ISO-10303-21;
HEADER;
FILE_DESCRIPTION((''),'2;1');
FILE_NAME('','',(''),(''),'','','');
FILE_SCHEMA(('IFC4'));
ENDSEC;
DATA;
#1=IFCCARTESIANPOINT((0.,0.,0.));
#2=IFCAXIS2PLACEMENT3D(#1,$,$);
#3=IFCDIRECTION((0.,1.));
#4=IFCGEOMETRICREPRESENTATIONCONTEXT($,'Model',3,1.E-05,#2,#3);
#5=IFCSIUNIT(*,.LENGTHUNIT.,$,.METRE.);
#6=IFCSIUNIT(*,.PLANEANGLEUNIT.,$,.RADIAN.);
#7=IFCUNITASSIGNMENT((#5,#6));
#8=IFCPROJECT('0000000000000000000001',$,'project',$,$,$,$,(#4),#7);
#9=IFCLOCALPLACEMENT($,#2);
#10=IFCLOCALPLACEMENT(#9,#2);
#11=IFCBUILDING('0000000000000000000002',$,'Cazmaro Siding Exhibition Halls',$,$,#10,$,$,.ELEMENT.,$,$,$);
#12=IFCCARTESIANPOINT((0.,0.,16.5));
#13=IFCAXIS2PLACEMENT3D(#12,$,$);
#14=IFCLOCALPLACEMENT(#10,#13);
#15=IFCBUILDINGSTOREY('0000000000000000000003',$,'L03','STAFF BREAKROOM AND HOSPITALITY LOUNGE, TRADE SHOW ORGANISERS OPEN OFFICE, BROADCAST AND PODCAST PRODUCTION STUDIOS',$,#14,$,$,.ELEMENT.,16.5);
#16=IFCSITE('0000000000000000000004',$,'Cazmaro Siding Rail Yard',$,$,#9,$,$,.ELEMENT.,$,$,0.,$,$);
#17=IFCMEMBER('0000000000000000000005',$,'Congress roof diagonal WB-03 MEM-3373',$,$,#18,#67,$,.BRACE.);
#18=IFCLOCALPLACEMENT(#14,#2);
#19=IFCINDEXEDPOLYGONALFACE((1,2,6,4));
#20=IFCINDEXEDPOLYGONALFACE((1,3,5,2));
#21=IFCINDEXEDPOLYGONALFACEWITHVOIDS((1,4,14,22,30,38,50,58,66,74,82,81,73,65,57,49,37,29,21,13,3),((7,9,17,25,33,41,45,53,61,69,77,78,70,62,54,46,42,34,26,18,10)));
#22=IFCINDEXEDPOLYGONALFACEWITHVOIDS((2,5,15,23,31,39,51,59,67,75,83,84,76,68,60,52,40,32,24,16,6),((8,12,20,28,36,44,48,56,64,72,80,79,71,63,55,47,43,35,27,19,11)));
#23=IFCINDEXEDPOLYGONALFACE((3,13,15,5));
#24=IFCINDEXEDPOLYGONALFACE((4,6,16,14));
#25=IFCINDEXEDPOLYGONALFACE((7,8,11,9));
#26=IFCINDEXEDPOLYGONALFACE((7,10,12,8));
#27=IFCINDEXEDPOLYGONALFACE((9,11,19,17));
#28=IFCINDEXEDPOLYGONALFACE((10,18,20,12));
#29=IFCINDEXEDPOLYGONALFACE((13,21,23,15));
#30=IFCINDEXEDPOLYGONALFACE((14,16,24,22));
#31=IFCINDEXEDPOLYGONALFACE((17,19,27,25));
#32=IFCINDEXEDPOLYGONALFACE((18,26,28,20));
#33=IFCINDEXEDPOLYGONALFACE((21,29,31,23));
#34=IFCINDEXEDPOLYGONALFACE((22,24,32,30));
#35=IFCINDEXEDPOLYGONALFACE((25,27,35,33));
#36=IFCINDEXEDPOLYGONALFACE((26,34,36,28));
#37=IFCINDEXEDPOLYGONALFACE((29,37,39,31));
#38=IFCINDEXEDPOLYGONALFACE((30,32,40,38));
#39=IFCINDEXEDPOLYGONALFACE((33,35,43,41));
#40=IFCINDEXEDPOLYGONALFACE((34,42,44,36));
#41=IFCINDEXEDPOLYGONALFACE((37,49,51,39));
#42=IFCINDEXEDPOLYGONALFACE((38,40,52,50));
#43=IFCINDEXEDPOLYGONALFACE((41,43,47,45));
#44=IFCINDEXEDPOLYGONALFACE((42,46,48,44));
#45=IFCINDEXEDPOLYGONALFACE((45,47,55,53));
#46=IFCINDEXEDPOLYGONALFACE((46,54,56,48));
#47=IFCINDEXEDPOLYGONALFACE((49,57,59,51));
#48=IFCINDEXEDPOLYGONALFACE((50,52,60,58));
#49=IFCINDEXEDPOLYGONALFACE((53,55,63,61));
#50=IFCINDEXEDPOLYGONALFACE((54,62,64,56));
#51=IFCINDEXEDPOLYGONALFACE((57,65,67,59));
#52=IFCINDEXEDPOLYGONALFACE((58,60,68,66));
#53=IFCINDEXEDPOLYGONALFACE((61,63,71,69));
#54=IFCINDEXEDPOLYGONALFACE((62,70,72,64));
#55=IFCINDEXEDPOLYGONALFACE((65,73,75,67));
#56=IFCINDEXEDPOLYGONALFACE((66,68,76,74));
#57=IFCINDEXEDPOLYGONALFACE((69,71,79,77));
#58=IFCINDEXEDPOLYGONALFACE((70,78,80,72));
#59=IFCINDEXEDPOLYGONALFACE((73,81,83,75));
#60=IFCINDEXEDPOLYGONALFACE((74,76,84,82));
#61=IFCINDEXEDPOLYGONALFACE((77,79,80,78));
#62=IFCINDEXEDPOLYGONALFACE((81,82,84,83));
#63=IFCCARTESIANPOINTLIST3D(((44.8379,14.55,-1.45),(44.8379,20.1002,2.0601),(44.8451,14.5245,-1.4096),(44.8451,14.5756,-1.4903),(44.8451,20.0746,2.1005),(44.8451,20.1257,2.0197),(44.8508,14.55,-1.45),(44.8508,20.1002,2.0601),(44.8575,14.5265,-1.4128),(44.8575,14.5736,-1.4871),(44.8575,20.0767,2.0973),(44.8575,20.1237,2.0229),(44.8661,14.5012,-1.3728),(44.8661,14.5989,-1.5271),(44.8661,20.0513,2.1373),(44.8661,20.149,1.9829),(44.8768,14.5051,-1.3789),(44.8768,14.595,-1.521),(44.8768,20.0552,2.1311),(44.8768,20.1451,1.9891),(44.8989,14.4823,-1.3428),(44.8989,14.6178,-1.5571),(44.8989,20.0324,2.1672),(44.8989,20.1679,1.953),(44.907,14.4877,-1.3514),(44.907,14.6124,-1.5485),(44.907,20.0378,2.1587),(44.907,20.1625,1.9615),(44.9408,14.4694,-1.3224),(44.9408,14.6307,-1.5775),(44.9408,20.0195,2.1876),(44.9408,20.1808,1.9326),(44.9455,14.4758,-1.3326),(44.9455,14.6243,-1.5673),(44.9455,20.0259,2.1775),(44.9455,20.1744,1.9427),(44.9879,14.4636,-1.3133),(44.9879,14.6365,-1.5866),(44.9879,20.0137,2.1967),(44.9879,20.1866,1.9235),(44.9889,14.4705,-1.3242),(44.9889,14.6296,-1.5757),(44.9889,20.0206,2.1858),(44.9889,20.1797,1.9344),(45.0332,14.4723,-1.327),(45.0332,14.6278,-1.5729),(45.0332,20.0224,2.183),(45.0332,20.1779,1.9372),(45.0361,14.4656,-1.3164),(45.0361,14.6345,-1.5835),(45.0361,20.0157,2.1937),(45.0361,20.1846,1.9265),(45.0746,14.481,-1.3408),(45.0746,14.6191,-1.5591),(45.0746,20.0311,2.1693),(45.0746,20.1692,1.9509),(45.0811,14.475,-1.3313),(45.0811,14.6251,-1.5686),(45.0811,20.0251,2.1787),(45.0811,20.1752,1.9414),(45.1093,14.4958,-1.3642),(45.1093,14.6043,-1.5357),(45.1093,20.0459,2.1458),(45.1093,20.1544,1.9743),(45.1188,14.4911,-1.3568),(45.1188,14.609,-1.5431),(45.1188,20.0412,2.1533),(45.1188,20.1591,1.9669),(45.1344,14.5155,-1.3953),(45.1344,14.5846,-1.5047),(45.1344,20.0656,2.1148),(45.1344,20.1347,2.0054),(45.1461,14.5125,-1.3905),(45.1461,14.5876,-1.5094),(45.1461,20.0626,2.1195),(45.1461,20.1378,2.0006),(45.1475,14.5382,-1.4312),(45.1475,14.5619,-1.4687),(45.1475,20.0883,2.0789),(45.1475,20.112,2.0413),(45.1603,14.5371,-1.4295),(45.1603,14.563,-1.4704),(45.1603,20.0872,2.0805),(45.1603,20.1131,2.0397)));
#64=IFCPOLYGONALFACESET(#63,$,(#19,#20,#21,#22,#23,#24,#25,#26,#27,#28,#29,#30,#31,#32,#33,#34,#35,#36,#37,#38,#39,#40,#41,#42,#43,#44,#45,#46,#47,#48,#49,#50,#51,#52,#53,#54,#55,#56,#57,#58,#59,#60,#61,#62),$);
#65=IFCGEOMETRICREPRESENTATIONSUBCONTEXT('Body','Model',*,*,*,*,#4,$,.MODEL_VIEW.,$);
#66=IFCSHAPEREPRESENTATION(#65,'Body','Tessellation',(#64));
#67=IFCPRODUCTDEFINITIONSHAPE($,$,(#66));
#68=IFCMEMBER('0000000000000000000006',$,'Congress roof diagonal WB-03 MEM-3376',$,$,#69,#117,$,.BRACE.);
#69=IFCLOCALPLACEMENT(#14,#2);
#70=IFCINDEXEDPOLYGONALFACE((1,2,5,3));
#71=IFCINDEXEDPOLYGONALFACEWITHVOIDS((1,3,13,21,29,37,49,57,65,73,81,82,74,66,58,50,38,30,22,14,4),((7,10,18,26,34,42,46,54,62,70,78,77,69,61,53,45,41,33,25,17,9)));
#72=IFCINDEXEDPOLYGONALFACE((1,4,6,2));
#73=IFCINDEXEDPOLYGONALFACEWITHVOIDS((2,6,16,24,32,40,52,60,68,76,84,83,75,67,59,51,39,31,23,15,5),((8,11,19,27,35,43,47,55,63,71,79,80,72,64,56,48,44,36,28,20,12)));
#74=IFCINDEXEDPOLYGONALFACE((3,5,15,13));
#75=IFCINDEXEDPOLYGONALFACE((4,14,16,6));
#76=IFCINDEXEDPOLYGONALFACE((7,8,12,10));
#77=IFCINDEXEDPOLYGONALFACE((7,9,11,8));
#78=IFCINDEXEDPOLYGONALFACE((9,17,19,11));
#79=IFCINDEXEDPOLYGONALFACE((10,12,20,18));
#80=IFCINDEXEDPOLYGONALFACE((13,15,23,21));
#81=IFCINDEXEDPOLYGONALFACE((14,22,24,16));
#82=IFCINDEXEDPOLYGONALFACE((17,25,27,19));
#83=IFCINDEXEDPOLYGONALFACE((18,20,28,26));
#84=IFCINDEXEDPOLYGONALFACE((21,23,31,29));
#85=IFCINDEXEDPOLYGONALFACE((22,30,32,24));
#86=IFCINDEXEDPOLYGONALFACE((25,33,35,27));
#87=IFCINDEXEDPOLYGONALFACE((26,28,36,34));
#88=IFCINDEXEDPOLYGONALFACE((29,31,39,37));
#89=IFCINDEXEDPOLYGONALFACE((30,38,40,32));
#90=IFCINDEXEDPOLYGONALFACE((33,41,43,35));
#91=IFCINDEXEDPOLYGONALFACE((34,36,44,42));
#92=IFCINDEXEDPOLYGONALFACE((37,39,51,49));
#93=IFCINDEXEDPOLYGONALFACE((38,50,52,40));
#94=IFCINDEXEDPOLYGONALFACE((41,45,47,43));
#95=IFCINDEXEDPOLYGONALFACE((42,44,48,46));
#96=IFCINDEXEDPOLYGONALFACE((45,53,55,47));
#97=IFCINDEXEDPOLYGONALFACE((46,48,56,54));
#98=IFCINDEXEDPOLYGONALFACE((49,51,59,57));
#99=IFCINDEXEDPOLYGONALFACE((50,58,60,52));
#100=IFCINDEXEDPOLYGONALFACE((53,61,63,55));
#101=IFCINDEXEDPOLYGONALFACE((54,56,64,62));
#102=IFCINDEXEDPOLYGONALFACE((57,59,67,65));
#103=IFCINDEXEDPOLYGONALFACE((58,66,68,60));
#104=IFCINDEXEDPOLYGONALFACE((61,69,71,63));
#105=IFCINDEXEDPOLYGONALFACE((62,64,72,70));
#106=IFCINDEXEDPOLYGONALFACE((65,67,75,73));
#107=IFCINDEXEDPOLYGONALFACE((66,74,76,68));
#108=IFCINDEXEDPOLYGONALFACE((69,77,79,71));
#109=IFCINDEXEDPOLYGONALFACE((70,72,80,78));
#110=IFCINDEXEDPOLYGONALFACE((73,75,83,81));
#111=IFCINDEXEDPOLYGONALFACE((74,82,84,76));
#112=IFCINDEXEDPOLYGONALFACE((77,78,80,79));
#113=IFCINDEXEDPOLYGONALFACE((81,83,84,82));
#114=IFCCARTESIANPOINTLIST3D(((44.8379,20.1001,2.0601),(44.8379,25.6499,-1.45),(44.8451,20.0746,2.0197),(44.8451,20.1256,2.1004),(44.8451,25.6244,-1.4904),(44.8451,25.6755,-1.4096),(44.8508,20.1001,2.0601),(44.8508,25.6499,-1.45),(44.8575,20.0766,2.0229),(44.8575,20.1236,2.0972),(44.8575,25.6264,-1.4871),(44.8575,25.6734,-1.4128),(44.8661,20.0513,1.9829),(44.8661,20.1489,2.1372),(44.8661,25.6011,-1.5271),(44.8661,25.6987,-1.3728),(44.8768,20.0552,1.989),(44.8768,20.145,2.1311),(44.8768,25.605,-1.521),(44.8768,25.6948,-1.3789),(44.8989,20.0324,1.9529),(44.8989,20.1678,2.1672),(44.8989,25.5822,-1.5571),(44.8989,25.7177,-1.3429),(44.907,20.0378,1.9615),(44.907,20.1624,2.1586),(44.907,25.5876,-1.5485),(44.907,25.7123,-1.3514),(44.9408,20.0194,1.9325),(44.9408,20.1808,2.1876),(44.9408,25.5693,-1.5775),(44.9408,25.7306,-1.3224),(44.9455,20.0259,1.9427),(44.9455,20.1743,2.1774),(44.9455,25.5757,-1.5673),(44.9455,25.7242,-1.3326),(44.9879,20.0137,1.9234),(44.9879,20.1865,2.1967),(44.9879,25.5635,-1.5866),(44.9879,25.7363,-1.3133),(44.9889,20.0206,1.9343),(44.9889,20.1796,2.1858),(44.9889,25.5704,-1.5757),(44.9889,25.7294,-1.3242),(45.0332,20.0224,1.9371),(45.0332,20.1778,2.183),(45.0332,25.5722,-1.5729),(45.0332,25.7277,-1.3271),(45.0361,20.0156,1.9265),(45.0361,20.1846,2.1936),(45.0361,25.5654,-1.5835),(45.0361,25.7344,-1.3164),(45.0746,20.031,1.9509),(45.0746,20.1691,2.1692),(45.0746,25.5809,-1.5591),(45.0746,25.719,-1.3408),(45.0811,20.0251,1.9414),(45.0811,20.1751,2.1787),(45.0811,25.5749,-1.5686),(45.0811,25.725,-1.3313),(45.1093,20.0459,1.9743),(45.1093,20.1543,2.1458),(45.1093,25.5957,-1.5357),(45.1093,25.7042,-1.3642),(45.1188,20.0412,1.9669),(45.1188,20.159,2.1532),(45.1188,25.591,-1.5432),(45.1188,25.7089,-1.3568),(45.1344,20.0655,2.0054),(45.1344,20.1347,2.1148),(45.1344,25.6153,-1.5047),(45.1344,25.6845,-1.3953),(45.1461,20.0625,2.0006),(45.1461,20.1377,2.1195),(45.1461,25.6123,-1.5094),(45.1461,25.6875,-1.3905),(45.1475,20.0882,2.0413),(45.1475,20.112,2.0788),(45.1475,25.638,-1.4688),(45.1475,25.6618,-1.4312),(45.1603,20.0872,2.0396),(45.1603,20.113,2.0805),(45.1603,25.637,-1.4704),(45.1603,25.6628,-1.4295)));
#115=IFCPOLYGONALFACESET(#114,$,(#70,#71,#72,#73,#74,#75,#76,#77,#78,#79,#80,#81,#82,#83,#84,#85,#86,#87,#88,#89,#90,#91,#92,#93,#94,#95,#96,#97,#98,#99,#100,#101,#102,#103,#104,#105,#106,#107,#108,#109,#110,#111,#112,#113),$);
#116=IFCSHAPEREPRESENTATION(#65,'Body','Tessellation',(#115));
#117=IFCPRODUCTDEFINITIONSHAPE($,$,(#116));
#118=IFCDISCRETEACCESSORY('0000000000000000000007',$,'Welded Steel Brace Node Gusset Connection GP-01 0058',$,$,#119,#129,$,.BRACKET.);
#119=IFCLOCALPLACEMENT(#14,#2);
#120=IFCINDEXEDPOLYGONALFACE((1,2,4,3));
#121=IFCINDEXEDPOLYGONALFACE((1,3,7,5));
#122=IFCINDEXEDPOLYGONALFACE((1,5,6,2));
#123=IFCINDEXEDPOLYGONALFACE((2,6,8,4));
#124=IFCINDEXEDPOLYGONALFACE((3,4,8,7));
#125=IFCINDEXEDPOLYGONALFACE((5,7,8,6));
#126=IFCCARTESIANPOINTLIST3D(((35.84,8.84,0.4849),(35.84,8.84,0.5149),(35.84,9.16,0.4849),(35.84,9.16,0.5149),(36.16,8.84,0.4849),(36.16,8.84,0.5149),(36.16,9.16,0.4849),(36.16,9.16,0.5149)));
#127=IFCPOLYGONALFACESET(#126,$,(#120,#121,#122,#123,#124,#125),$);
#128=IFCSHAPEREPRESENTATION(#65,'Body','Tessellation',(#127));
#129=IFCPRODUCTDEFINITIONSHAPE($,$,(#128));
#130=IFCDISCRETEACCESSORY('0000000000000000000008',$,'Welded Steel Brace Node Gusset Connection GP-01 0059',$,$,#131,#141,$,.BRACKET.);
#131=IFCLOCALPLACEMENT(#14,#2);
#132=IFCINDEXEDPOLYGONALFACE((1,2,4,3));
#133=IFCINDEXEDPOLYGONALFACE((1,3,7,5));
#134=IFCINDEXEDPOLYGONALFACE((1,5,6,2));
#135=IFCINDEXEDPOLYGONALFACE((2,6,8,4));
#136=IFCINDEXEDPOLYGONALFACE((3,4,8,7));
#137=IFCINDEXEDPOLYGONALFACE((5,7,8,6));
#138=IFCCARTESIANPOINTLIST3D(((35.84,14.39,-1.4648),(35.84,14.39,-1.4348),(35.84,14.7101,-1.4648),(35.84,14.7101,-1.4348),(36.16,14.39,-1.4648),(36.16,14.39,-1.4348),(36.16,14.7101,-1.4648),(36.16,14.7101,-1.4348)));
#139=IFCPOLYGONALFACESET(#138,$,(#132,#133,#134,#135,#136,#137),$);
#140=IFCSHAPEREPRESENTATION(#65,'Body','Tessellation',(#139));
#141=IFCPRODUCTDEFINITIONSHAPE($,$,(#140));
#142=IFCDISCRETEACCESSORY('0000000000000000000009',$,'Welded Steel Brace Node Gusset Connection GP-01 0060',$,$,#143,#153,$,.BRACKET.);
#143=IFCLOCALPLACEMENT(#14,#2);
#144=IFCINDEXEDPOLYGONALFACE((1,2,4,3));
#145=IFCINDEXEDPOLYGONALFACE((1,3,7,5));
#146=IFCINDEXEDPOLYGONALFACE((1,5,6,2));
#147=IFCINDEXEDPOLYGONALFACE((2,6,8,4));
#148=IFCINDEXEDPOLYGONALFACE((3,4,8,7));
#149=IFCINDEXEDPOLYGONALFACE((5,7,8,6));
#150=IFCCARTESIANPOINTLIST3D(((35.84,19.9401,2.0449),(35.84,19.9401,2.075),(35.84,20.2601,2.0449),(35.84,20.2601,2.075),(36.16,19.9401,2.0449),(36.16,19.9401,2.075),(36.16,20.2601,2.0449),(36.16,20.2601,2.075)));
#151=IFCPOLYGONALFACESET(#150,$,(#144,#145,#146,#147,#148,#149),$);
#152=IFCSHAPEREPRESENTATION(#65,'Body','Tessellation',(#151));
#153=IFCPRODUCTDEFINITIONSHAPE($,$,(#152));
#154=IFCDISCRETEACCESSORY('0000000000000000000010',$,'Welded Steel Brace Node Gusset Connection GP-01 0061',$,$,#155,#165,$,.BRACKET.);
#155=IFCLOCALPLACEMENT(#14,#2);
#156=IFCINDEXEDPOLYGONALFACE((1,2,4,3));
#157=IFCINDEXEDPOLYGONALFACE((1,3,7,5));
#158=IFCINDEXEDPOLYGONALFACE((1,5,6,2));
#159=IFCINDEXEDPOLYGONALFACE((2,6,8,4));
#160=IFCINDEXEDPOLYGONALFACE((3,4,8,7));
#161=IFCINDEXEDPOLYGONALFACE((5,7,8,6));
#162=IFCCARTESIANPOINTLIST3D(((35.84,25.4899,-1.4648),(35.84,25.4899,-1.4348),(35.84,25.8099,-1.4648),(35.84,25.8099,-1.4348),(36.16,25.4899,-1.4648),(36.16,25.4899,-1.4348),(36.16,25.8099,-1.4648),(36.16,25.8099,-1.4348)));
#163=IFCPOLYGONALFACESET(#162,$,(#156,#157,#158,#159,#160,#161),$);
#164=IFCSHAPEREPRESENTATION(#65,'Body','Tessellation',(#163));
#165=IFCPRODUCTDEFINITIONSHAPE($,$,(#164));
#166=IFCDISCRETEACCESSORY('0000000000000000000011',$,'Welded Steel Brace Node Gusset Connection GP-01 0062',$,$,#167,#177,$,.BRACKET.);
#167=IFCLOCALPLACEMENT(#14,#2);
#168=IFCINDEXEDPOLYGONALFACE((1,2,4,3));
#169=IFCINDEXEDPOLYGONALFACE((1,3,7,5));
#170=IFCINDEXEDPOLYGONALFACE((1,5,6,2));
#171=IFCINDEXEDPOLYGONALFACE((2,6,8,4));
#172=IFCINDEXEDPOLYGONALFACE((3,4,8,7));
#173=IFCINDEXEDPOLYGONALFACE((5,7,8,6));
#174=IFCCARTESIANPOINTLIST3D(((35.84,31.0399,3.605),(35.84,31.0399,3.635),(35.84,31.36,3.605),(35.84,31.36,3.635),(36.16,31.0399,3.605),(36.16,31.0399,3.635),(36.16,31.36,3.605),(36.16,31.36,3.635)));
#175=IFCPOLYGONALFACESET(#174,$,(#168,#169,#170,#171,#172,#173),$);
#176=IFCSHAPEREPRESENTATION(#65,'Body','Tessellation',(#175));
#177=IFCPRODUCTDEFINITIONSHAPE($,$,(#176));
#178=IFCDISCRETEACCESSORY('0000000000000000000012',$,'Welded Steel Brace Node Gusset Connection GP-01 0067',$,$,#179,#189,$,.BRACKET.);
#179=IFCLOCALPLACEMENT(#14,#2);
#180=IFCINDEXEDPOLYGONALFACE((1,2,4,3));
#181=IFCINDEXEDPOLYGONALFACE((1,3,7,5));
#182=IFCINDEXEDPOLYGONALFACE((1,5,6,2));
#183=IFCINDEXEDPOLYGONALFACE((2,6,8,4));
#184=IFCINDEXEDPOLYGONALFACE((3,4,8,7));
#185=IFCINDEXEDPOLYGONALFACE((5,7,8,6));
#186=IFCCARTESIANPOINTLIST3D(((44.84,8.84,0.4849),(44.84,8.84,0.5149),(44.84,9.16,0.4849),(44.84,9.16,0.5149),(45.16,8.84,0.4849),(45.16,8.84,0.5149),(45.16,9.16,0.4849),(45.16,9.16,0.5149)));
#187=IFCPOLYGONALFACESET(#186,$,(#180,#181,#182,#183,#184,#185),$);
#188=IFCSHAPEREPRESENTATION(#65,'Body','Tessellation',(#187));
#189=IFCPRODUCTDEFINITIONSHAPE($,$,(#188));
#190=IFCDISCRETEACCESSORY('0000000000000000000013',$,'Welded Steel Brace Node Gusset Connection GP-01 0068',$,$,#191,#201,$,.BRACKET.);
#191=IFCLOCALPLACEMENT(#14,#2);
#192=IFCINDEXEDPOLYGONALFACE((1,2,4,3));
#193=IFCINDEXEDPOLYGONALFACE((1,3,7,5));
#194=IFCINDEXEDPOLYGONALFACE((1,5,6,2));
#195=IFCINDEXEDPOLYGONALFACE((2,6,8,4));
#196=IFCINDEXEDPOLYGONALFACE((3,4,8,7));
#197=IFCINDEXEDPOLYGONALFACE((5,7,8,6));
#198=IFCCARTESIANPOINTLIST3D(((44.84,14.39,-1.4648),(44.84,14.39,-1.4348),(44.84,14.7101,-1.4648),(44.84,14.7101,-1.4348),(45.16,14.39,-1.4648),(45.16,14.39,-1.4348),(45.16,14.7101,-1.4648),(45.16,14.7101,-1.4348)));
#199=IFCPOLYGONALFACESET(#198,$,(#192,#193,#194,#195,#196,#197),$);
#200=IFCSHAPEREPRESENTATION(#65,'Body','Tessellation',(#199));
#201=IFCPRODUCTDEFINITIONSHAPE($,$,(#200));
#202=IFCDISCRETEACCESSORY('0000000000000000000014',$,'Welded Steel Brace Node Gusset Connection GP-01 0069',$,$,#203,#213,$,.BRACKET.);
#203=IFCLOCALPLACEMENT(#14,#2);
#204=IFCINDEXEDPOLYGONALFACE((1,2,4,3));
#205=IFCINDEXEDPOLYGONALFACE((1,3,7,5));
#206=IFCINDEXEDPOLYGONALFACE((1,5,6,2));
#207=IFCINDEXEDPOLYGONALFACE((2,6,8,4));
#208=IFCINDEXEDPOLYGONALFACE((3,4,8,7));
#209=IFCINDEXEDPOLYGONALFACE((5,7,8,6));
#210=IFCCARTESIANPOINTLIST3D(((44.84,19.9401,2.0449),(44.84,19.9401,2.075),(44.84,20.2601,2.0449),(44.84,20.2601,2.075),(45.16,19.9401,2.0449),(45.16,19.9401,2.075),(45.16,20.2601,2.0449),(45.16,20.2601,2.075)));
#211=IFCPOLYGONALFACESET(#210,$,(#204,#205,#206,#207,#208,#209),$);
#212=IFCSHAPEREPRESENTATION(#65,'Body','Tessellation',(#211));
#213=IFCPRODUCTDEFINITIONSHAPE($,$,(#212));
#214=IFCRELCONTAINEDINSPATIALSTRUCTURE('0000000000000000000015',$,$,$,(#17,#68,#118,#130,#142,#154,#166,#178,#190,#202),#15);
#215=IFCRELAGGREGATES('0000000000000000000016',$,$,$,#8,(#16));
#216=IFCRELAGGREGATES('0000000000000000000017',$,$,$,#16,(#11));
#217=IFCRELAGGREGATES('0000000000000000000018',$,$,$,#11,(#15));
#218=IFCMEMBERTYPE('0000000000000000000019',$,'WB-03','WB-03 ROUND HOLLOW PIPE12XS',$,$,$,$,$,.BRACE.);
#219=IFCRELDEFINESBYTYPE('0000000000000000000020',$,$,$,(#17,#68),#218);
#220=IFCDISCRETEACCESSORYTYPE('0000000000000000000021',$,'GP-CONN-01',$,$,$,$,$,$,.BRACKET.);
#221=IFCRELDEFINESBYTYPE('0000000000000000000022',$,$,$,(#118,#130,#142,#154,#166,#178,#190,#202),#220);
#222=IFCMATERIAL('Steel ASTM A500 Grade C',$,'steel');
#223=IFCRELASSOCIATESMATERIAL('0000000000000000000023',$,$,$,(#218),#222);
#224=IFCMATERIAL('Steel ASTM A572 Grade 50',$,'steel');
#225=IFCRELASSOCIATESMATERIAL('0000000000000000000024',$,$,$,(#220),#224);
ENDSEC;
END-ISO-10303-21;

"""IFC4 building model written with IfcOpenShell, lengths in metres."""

from ifc_helpers import new_model, si_unit, direction, frame, origin, origin_2d, place, context, subcontext, project, spatial, rectangle, hollow_circle, extrude, material, material_profile, profile_set, type_object, element, save


model = new_model("IFC4")

# Units and contexts
model_context = context("Model", 3, precision=1e-05, world=origin(), true_north=direction((0.0, 1.0)))
body_context = subcontext(model_context, "Body", "Model", "MODEL_VIEW")
ifc_project = project(units=[si_unit("LENGTHUNIT", "METRE"), si_unit("PLANEANGLEUNIT", "RADIAN")], contexts=[model_context])

# Site, building, storey
site_placement = place(None, origin())
site = spatial("IfcSite", under=ifc_project, at=site_placement, Name="Cazmaro Siding Rail Yard", CompositionType="ELEMENT", RefElevation=0.0)
building_placement = place(site_placement, origin())
building = spatial("IfcBuilding", under=site, at=building_placement, Name="Cazmaro Siding Exhibition Halls", CompositionType="ELEMENT")
storey_placement = place(building_placement, frame((0.0, 0.0, 16.5)))
storey = spatial("IfcBuildingStorey", under=building, at=storey_placement, Name="L03", Description="STAFF BREAKROOM AND HOSPITALITY LOUNGE, TRADE SHOW ORGANISERS OPEN OFFICE, BROADCAST AND PODCAST PRODUCTION STUDIOS", CompositionType="ELEMENT", Elevation=16.5)

# Members
ifc_material_1 = material(Name="Steel ASTM A500 Grade C", Category="steel")
ifc_material_profile_1 = material_profile(ifc_material_1, hollow_circle(Radius=0.1621, WallThickness=0.0129, at=origin_2d()), Name="PIPE12XS")
ifc_profile_set_1 = profile_set([ifc_material_profile_1], Name="Steel ASTM A500 Grade C")
member_type_1 = type_object("IfcMemberType", Name="WB-03", Description="WB-03 ROUND HOLLOW PIPE12XS", PredefinedType="BRACE", material=ifc_profile_set_1)
member_1_placement = place(storey_placement, frame((45.0, 14.55, -1.45), z_axis=(0.0, 0.845165, 0.534506), x_axis=(-1.0, 0.0, 0.0)))
element("IfcMember", 1, at=member_1_placement, inside=storey, type_object=member_type_1, Name="Congress roof diagonal WB-03 MEM-3373", PredefinedType="BRACE", context=body_context, shape_type="SweptSolid", body=[
    extrude(hollow_circle(Radius=0.1621, WallThickness=0.0129, at=origin_2d()), origin(), (0.0, 0.0, 1.0), 6.5669),
])
member_2_placement = place(storey_placement, frame((45.0, 20.1001, 2.0601), z_axis=(0.0, 0.845154, -0.534523), x_axis=(-1.0, 0.0, 0.0)))
element("IfcMember", 2, at=member_2_placement, inside=storey, type_object=member_type_1, Name="Congress roof diagonal WB-03 MEM-3376", PredefinedType="BRACE", context=body_context, shape_type="SweptSolid", body=[
    extrude(hollow_circle(Radius=0.1621, WallThickness=0.0129, at=origin_2d()), origin(), (0.0, 0.0, 1.0), 6.5667),
])

# Discrete accessories
ifc_material_2 = material(Name="Steel ASTM A572 Grade 50", Category="steel")
discrete_accessory_type = type_object("IfcDiscreteAccessoryType", Name="GP-CONN-01", PredefinedType="BRACKET", material=ifc_material_2)
for number, where, z_axis, x_axis, name in (
    (3, (36.0, 9.0, 0.4849), (0.0, 0.0, 1.0), (1.0, 0.0, 0.0), "Welded Steel Brace Node Gusset Connection GP-01 0058"),
    (4, (36.0, 14.55, -1.4648), (0.0, 0.0, 1.0), (1.0, 0.0, 0.0), "Welded Steel Brace Node Gusset Connection GP-01 0059"),
    (5, (36.0, 20.1001, 2.0449), (0.0, 0.0, 1.0), (1.0, 0.0, 0.0), "Welded Steel Brace Node Gusset Connection GP-01 0060"),
    (6, (36.0, 25.6499, -1.4648), (0.0, 0.0, 1.0), (1.0, 0.0, 0.0), "Welded Steel Brace Node Gusset Connection GP-01 0061"),
    (7, (36.0, 31.2, 3.605), (0.0, 0.0, 1.0), (1.0, 0.0, 0.0), "Welded Steel Brace Node Gusset Connection GP-01 0062"),
    (8, (45.0, 9.0, 0.4849), (0.0, 0.0, 1.0), (1.0, 0.0, 0.0), "Welded Steel Brace Node Gusset Connection GP-01 0067"),
    (9, (45.0, 14.55, -1.4648), (0.0, 0.0, 1.0), (1.0, 0.0, 0.0), "Welded Steel Brace Node Gusset Connection GP-01 0068"),
    (10, (45.0, 20.1001, 2.0449), (0.0, 0.0, 1.0), (1.0, 0.0, 0.0), "Welded Steel Brace Node Gusset Connection GP-01 0069"),
):
    element("IfcDiscreteAccessory", number, at=place(storey_placement, frame(where, z_axis=z_axis, x_axis=x_axis)), inside=storey, type_object=discrete_accessory_type, Name=name, PredefinedType="BRACKET", context=body_context, shape_type="SweptSolid", body=[
        extrude(rectangle(XDim=0.3201, YDim=0.3201, at=origin_2d()), origin(), (0.0, 0.0, 1.0), 0.03),
    ])

save(model, "model.ifc")
